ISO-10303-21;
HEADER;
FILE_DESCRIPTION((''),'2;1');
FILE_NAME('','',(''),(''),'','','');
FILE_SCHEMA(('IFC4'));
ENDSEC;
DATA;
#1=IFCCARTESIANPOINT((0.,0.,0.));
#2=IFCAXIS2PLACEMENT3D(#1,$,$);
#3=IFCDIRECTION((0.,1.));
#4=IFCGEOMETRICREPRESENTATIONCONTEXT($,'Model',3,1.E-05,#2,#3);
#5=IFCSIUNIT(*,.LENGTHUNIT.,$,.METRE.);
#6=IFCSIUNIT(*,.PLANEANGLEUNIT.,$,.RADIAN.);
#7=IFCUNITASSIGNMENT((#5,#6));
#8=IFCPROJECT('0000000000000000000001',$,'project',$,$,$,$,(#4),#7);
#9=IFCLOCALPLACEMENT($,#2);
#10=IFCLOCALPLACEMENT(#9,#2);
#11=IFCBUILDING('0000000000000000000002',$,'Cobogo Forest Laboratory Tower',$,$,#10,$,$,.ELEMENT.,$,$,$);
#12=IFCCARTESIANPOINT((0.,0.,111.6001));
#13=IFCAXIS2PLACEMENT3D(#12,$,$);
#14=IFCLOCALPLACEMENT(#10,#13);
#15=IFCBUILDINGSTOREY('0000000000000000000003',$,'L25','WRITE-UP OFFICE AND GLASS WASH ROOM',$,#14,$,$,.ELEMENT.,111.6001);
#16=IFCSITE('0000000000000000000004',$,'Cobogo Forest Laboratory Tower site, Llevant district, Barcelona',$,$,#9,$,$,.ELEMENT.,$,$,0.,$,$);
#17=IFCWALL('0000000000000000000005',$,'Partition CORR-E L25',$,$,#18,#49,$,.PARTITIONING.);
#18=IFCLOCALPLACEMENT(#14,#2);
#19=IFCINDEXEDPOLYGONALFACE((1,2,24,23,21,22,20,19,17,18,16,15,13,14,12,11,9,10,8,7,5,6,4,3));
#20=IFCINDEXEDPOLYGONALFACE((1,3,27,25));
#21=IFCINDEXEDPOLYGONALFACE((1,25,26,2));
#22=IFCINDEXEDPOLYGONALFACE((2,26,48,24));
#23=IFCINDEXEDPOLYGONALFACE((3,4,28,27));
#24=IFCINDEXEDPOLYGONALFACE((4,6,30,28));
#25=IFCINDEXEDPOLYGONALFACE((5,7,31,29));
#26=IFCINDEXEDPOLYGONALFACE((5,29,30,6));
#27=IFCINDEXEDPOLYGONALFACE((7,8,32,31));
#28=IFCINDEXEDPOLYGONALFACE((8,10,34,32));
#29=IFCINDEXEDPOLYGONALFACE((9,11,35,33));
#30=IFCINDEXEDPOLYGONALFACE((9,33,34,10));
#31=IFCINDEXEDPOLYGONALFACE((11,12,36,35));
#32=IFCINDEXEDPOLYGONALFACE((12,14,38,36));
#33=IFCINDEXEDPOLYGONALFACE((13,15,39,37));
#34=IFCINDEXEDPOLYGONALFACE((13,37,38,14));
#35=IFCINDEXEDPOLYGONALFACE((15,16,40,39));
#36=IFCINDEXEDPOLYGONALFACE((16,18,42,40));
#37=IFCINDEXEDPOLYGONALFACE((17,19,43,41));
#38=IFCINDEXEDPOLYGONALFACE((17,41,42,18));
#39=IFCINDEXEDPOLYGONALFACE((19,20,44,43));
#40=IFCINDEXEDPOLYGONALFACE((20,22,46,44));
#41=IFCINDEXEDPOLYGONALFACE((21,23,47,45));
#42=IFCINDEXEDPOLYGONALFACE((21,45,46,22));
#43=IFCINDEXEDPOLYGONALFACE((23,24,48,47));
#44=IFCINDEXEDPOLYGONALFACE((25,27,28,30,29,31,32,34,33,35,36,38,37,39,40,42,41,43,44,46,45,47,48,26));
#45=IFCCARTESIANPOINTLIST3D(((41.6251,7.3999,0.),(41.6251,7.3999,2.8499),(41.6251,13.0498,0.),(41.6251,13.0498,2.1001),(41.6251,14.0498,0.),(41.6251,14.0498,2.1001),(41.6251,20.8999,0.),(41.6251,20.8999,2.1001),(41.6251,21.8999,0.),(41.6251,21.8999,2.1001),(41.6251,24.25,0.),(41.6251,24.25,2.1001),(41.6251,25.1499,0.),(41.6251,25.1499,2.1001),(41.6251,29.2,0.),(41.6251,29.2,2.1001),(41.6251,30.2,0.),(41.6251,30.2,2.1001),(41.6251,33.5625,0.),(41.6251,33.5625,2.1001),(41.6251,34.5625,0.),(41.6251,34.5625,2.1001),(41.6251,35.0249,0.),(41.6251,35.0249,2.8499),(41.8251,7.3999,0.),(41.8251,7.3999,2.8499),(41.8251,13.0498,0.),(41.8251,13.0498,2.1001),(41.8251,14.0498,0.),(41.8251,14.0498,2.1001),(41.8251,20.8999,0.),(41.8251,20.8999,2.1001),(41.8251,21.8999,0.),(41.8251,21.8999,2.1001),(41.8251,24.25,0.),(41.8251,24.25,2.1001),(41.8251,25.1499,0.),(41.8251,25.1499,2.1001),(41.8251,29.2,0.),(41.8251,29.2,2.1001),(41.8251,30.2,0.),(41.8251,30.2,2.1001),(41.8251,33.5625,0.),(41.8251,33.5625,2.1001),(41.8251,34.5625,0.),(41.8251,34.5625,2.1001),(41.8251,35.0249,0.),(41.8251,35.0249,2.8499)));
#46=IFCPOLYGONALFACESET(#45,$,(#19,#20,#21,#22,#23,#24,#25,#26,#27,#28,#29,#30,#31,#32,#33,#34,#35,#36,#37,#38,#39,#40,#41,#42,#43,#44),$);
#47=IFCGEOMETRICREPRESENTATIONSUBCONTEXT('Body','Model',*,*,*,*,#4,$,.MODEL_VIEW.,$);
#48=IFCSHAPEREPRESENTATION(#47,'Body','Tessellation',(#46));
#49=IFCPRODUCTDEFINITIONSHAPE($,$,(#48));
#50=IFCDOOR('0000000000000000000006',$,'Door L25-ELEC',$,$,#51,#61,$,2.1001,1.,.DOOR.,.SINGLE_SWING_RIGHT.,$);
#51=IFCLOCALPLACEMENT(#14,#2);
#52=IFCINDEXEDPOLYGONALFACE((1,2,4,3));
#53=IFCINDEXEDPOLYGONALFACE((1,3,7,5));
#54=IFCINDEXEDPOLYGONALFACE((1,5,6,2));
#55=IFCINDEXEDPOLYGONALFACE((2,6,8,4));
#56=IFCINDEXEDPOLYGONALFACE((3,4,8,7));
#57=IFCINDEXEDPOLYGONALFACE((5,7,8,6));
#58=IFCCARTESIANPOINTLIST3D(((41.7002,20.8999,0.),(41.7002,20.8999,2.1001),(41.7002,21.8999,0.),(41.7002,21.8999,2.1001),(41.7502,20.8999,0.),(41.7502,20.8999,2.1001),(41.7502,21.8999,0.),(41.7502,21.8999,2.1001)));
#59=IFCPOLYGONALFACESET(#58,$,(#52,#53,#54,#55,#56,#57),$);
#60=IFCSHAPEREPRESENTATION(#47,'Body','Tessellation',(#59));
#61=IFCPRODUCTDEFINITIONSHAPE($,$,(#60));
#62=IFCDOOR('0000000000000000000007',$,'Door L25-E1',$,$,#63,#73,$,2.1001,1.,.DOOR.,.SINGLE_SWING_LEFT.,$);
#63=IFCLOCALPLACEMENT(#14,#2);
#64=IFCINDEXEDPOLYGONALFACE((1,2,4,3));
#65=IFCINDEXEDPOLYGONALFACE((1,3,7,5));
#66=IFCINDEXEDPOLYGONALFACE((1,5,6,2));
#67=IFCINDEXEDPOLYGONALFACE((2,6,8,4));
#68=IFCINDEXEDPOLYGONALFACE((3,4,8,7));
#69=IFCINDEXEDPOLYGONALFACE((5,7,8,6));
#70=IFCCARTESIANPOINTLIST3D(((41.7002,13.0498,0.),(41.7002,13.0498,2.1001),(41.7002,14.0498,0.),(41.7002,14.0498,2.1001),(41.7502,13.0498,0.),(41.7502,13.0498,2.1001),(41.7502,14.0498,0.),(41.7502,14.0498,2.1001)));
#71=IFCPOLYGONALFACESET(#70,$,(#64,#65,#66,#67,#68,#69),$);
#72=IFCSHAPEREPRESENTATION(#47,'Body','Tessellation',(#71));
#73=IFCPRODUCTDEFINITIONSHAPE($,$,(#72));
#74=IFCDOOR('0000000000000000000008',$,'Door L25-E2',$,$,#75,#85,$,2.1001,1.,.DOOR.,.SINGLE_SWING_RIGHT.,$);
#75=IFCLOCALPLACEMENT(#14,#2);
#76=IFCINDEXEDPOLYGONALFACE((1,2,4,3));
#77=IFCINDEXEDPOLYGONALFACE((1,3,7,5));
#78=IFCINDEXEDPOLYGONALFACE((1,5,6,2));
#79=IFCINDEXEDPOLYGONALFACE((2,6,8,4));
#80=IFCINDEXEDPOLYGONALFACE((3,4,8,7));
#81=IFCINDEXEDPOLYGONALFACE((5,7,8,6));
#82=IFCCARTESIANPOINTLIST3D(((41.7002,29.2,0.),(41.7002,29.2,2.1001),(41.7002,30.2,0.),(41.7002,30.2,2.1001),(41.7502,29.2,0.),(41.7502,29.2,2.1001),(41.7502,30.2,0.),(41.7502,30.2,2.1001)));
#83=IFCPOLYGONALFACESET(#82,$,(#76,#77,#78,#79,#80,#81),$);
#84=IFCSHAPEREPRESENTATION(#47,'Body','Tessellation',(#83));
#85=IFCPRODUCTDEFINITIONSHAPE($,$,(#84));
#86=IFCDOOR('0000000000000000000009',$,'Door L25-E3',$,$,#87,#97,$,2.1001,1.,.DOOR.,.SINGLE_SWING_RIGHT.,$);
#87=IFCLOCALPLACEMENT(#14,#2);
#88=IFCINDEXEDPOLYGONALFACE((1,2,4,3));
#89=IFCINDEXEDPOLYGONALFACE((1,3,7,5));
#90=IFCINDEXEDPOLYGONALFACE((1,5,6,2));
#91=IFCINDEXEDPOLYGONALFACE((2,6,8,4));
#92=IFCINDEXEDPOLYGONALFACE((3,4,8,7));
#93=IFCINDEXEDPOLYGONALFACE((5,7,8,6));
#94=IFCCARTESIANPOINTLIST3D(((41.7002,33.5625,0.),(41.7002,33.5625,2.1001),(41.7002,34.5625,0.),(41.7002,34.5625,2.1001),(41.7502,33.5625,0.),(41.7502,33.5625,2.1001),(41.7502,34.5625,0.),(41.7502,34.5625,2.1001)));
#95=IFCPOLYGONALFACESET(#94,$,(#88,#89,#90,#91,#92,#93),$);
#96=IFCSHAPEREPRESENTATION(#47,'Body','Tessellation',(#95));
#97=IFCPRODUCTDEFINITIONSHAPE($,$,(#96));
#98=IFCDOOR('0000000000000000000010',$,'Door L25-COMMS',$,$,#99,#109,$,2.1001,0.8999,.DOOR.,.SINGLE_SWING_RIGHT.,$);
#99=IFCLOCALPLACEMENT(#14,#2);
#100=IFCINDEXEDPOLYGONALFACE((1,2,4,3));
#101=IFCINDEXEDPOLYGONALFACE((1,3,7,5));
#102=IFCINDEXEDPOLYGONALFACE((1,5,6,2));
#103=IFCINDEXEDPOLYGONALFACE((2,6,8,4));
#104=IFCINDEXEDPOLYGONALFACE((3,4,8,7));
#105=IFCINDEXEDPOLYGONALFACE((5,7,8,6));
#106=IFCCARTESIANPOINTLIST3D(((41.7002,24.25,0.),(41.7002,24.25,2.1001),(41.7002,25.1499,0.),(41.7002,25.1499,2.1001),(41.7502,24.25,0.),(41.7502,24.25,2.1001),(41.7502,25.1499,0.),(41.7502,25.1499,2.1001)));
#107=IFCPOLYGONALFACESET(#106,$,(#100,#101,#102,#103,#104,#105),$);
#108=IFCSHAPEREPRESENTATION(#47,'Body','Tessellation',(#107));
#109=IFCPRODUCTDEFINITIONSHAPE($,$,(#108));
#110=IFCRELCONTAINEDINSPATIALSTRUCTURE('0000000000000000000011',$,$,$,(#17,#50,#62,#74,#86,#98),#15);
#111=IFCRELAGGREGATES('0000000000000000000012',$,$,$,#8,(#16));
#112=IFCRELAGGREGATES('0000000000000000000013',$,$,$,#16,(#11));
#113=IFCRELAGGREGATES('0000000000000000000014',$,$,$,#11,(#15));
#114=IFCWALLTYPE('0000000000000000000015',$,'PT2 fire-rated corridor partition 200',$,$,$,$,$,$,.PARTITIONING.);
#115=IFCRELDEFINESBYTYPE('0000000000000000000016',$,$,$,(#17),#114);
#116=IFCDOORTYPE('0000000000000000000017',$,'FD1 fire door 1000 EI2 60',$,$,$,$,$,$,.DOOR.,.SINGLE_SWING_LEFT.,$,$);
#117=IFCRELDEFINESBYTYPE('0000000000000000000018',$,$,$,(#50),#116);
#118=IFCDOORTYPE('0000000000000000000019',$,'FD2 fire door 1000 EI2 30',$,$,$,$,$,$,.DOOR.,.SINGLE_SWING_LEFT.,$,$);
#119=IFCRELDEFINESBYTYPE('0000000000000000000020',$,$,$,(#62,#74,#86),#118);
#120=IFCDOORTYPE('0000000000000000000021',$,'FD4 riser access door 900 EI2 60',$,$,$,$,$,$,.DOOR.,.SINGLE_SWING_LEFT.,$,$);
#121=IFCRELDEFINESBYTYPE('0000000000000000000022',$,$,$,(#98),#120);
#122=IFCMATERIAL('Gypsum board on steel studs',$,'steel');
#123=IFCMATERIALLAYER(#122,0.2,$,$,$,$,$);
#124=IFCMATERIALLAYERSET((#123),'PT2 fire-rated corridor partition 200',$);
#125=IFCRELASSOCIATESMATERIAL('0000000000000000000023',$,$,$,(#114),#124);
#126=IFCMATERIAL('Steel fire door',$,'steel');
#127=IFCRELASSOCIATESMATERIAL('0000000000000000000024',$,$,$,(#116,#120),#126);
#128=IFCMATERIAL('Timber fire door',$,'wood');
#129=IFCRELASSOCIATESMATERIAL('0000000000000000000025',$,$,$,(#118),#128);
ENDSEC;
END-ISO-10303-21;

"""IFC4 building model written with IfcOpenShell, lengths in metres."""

from ifc_helpers import new_model, si_unit, direction, frame, frame_2d, origin, place, context, subcontext, project, spatial, rectangle, extrude, material, layer, layer_set, type_object, element, fill, save


model = new_model("IFC4")

# Units and contexts
model_context = context("Model", 3, precision=1e-05, world=origin(), true_north=direction((0.0, 1.0)))
body_context = subcontext(model_context, "Body", "Model", "MODEL_VIEW")
ifc_project = project(units=[si_unit("LENGTHUNIT", "METRE"), si_unit("PLANEANGLEUNIT", "RADIAN")], contexts=[model_context])

# Site, building, storey
site_placement = place(None, origin())
site = spatial("IfcSite", under=ifc_project, at=site_placement, Name="Cobogo Forest Laboratory Tower site, Llevant district, Barcelona", CompositionType="ELEMENT", RefElevation=0.0)
building_placement = place(site_placement, origin())
building = spatial("IfcBuilding", under=site, at=building_placement, Name="Cobogo Forest Laboratory Tower", CompositionType="ELEMENT")
storey_placement = place(building_placement, frame((0.0, 0.0, 111.6001)))
storey = spatial("IfcBuildingStorey", under=building, at=storey_placement, Name="L25", Description="WRITE-UP OFFICE AND GLASS WASH ROOM", CompositionType="ELEMENT", Elevation=111.6001)

# Shared definitions
ifc_material_1 = material(Name="Gypsum board on steel studs", Category="steel")

# Wall, openings, doors
ifc_layer_1 = layer(ifc_material_1, 0.2)
ifc_layer_set_1 = layer_set([ifc_layer_1], Name="PT2 fire-rated corridor partition 200")
wall_type_1 = type_object("IfcWallType", Name="PT2 fire-rated corridor partition 200", PredefinedType="PARTITIONING", material=ifc_layer_set_1)
wall_1_placement = place(storey_placement, frame((41.7251, 7.3999, 0.0), z_axis=(0.0, 0.0, 1.0), x_axis=(0.0, 1.0, 0.0)))
wall_1 = element("IfcWall", 1, at=wall_1_placement, inside=storey, type_object=wall_type_1, Name="Partition CORR-E L25", PredefinedType="PARTITIONING", context=body_context, shape_type="SweptSolid", body=[
    extrude(rectangle(XDim=27.625, YDim=0.2, at=frame_2d((13.8125, 0.0))), origin(), (0.0, 0.0, 1.0), 2.8499),
])
opening_1_placement = place(wall_1_placement, frame((5.6499, 0.0, 0.0)))
opening_1 = element("IfcOpeningElement", 2, at=opening_1_placement, cuts=wall_1, PredefinedType="OPENING", context=body_context, shape_type="SweptSolid", body=[
    extrude(rectangle(XDim=1.0, YDim=2.1001, at=frame_2d((0.5, 1.05))), frame((0.0, 0.1099, 0.0), z_axis=(0.0, -1.0, 0.0), x_axis=(1.0, 0.0, 0.0)), (0.0, 0.0, 1.0), 0.22),
])
opening_2_placement = place(wall_1_placement, frame((13.5, 0.0, 0.0)))
opening_2 = element("IfcOpeningElement", 3, at=opening_2_placement, cuts=wall_1, PredefinedType="OPENING", context=body_context, shape_type="SweptSolid", body=[
    extrude(rectangle(XDim=1.0, YDim=2.1001, at=frame_2d((0.5, 1.05))), frame((0.0, 0.1099, 0.0), z_axis=(0.0, -1.0, 0.0), x_axis=(1.0, 0.0, 0.0)), (0.0, 0.0, 1.0), 0.22),
])
opening_3_placement = place(wall_1_placement, frame((16.8501, 0.0, 0.0)))
opening_3 = element("IfcOpeningElement", 4, at=opening_3_placement, cuts=wall_1, PredefinedType="OPENING", context=body_context, shape_type="SweptSolid", body=[
    extrude(rectangle(XDim=0.8999, YDim=2.1001, at=frame_2d((0.45, 1.05))), frame((0.0, 0.1099, 0.0), z_axis=(0.0, -1.0, 0.0), x_axis=(1.0, 0.0, 0.0)), (0.0, 0.0, 1.0), 0.22),
])
opening_4_placement = place(wall_1_placement, frame((21.8, 0.0, 0.0)))
opening_4 = element("IfcOpeningElement", 5, at=opening_4_placement, cuts=wall_1, PredefinedType="OPENING", context=body_context, shape_type="SweptSolid", body=[
    extrude(rectangle(XDim=1.0, YDim=2.1001, at=frame_2d((0.5, 1.05))), frame((0.0, 0.1099, 0.0), z_axis=(0.0, -1.0, 0.0), x_axis=(1.0, 0.0, 0.0)), (0.0, 0.0, 1.0), 0.22),
])
opening_5_placement = place(wall_1_placement, frame((26.1626, 0.0, 0.0)))
opening_5 = element("IfcOpeningElement", 6, at=opening_5_placement, cuts=wall_1, PredefinedType="OPENING", context=body_context, shape_type="SweptSolid", body=[
    extrude(rectangle(XDim=1.0, YDim=2.1001, at=frame_2d((0.5, 1.05))), frame((0.0, 0.1099, 0.0), z_axis=(0.0, -1.0, 0.0), x_axis=(1.0, 0.0, 0.0)), (0.0, 0.0, 1.0), 0.22),
])
ifc_material_2 = material(Name="Steel fire door", Category="steel")
door_type_1 = type_object("IfcDoorType", Name="FD1 fire door 1000 EI2 60", OperationType="SINGLE_SWING_LEFT", PredefinedType="DOOR", material=ifc_material_2)
door_1_placement = place(opening_2_placement, origin())
door_1 = element("IfcDoor", 7, at=door_1_placement, inside=storey, type_object=door_type_1, Name="Door L25-ELEC", OperationType="SINGLE_SWING_RIGHT", OverallHeight=2.1001, OverallWidth=1.0, PredefinedType="DOOR", context=body_context, shape_type="SweptSolid", body=[
    extrude(rectangle(XDim=1.0, YDim=2.1001, at=frame_2d((0.5, 1.05))), frame((0.0, 0.0249, 0.0), z_axis=(0.0, -1.0, 0.0), x_axis=(1.0, 0.0, 0.0)), (0.0, 0.0, 1.0), 0.05),
])
fill(opening_2, door_1)
ifc_material_3 = material(Name="Timber fire door", Category="wood")
door_type_2 = type_object("IfcDoorType", Name="FD2 fire door 1000 EI2 30", OperationType="SINGLE_SWING_LEFT", PredefinedType="DOOR", material=ifc_material_3)
door_2_placement = place(opening_1_placement, origin())
door_2 = element("IfcDoor", 8, at=door_2_placement, inside=storey, type_object=door_type_2, Name="Door L25-E1", OperationType="SINGLE_SWING_LEFT", OverallHeight=2.1001, OverallWidth=1.0, PredefinedType="DOOR", context=body_context, shape_type="SweptSolid", body=[
    extrude(rectangle(XDim=1.0, YDim=2.1001, at=frame_2d((0.5, 1.05))), frame((0.0, 0.0249, 0.0), z_axis=(0.0, -1.0, 0.0), x_axis=(1.0, 0.0, 0.0)), (0.0, 0.0, 1.0), 0.05),
])
fill(opening_1, door_2)
door_3_placement = place(opening_4_placement, origin())
door_3 = element("IfcDoor", 9, at=door_3_placement, inside=storey, type_object=door_type_2, Name="Door L25-E2", OperationType="SINGLE_SWING_RIGHT", OverallHeight=2.1001, OverallWidth=1.0, PredefinedType="DOOR", context=body_context, shape_type="SweptSolid", body=[
    extrude(rectangle(XDim=1.0, YDim=2.1001, at=frame_2d((0.5, 1.05))), frame((0.0, 0.0249, 0.0), z_axis=(0.0, -1.0, 0.0), x_axis=(1.0, 0.0, 0.0)), (0.0, 0.0, 1.0), 0.05),
])
fill(opening_4, door_3)
door_4_placement = place(opening_5_placement, origin())
door_4 = element("IfcDoor", 10, at=door_4_placement, inside=storey, type_object=door_type_2, Name="Door L25-E3", OperationType="SINGLE_SWING_RIGHT", OverallHeight=2.1001, OverallWidth=1.0, PredefinedType="DOOR", context=body_context, shape_type="SweptSolid", body=[
    extrude(rectangle(XDim=1.0, YDim=2.1001, at=frame_2d((0.5, 1.05))), frame((0.0, 0.0249, 0.0), z_axis=(0.0, -1.0, 0.0), x_axis=(1.0, 0.0, 0.0)), (0.0, 0.0, 1.0), 0.05),
])
fill(opening_5, door_4)
door_type_3 = type_object("IfcDoorType", Name="FD4 riser access door 900 EI2 60", OperationType="SINGLE_SWING_LEFT", PredefinedType="DOOR", material=ifc_material_2)
door_5_placement = place(opening_3_placement, origin())
door_5 = element("IfcDoor", 11, at=door_5_placement, inside=storey, type_object=door_type_3, Name="Door L25-COMMS", OperationType="SINGLE_SWING_RIGHT", OverallHeight=2.1001, OverallWidth=0.8999, PredefinedType="DOOR", context=body_context, shape_type="SweptSolid", body=[
    extrude(rectangle(XDim=0.8999, YDim=2.1001, at=frame_2d((0.45, 1.05))), frame((0.0, 0.0249, 0.0), z_axis=(0.0, -1.0, 0.0), x_axis=(1.0, 0.0, 0.0)), (0.0, 0.0, 1.0), 0.05),
])
fill(opening_3, door_5)

save(model, "model.ifc")
